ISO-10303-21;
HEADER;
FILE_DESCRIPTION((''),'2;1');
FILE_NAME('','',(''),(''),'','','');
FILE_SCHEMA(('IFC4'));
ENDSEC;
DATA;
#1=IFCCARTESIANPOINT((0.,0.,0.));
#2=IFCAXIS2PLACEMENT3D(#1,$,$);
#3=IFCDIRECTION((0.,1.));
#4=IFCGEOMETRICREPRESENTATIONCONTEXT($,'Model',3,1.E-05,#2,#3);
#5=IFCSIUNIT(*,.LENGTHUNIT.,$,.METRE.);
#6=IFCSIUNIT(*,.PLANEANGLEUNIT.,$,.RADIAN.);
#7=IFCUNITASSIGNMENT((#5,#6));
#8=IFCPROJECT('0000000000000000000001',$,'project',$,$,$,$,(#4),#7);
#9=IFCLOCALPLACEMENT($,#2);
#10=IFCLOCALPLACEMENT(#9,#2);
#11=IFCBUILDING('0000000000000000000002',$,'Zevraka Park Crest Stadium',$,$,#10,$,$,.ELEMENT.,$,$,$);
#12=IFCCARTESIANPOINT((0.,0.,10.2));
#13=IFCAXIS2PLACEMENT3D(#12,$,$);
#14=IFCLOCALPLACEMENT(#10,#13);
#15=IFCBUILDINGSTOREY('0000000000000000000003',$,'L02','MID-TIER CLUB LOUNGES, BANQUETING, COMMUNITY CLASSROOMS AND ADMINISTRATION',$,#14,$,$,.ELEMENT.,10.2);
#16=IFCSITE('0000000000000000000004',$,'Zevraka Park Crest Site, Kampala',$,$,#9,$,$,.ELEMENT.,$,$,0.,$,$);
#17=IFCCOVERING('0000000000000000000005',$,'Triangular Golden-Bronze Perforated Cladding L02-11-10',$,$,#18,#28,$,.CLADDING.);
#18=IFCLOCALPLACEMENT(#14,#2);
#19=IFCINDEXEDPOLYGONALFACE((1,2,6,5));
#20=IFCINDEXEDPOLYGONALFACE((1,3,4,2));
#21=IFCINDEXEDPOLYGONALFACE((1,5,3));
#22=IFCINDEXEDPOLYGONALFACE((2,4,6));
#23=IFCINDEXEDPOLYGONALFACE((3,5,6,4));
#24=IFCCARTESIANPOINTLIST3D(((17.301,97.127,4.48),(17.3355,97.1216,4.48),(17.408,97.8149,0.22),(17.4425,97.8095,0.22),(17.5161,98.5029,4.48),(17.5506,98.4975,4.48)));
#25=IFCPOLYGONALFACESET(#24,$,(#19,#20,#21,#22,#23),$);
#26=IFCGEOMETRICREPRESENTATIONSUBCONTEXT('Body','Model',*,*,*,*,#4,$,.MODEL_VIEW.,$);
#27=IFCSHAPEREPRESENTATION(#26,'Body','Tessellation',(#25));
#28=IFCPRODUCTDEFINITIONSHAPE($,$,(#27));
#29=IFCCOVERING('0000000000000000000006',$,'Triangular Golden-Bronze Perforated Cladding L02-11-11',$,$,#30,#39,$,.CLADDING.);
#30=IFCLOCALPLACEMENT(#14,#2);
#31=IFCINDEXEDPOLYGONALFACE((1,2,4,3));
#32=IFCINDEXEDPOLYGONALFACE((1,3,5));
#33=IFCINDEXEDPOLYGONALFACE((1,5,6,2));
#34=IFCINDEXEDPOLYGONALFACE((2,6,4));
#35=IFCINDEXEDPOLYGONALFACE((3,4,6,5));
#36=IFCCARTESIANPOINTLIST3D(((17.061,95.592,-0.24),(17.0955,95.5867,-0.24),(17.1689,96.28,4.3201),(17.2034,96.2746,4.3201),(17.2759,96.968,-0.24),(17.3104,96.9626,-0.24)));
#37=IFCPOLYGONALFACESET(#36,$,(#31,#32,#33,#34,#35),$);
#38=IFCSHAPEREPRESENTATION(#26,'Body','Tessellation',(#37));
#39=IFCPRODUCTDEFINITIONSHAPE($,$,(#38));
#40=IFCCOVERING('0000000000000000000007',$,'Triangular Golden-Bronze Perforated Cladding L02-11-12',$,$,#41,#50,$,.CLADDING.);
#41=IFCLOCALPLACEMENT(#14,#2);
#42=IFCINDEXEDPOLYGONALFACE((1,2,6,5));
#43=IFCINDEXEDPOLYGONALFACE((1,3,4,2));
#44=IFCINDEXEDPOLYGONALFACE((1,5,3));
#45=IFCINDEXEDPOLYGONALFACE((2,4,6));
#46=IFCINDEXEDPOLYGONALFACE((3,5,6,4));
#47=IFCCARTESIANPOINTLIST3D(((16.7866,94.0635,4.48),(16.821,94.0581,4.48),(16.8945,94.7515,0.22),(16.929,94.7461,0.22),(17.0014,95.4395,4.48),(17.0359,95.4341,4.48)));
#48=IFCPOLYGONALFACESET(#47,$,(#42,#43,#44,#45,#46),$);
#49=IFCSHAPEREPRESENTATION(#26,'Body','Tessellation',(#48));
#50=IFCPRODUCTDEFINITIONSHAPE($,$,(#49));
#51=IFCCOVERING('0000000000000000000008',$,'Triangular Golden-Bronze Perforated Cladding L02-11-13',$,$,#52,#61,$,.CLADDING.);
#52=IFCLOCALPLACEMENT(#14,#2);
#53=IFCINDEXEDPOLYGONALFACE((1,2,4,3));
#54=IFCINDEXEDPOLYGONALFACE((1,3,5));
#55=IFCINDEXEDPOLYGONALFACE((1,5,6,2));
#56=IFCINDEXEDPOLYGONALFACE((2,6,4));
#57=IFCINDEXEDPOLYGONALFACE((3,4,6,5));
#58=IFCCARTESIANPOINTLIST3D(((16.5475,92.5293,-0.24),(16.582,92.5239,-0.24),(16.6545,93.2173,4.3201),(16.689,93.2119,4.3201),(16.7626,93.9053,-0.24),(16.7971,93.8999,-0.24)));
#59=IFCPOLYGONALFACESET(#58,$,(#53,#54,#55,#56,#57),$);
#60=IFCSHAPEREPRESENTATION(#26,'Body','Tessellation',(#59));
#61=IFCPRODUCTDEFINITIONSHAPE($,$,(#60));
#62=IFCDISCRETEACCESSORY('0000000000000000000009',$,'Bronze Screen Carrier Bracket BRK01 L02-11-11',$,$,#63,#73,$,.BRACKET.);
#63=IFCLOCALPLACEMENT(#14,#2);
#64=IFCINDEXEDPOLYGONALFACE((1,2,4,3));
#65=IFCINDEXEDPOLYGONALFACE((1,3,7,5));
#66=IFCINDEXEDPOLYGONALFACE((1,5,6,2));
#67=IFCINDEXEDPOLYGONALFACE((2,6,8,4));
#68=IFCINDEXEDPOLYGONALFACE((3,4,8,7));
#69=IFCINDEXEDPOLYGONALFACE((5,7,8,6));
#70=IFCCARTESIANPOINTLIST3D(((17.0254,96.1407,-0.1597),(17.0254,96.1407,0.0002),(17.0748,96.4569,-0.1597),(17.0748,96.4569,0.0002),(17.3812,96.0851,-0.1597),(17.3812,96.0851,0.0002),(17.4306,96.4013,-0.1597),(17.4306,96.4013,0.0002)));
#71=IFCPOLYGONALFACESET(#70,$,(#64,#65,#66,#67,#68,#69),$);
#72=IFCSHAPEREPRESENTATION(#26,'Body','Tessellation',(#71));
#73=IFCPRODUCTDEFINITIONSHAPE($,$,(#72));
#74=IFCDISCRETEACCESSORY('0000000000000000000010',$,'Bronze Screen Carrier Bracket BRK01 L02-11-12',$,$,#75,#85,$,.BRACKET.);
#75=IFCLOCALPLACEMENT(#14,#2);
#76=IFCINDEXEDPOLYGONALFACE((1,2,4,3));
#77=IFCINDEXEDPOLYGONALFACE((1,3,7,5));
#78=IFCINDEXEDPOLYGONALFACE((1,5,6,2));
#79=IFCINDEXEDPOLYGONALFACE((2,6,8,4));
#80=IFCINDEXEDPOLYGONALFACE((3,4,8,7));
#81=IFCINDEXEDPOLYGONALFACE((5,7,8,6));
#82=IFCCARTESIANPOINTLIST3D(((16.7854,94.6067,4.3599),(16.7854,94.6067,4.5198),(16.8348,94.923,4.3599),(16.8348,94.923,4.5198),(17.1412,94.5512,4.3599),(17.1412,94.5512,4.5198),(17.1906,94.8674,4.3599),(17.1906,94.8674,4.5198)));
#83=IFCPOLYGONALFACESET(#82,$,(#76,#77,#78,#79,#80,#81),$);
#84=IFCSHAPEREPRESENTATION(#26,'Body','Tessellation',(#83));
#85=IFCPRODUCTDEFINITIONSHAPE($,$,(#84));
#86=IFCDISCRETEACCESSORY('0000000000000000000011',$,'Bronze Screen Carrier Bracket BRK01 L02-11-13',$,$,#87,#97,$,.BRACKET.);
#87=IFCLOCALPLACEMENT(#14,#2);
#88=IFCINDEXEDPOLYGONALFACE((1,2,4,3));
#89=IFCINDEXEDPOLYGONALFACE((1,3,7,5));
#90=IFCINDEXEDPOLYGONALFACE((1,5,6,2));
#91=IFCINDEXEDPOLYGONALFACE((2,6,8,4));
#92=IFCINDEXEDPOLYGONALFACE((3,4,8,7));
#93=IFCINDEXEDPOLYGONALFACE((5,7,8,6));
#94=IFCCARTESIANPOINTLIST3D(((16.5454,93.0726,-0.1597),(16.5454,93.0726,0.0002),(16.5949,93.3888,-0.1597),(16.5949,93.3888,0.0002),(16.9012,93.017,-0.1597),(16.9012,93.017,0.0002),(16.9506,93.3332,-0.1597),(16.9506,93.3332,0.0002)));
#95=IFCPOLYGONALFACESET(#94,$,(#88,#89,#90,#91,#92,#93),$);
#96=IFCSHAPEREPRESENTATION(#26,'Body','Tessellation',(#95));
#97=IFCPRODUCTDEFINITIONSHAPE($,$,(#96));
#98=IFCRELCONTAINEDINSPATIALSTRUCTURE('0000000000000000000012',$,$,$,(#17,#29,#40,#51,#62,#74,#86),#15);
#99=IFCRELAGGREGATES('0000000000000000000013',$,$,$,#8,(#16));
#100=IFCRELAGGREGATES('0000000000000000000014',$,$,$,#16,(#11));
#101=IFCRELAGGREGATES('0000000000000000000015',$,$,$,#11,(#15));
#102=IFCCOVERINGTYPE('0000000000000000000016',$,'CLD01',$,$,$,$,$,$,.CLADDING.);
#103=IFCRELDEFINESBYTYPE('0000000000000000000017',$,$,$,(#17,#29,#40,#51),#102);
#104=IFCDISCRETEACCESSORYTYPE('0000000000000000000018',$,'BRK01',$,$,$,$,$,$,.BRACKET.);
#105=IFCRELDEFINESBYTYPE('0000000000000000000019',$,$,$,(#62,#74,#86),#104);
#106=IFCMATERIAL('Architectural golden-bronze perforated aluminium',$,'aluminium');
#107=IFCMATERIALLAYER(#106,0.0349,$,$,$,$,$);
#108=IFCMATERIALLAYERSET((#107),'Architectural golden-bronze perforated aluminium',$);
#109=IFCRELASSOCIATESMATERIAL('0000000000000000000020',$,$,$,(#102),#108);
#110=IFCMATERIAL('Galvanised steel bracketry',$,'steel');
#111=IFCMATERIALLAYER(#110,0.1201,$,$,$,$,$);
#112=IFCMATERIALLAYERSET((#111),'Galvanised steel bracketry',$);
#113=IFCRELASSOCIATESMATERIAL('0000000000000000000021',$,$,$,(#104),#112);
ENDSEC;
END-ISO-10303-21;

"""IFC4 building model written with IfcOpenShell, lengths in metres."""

from ifc_helpers import new_model, si_unit, direction, frame, origin, origin_2d, place, context, subcontext, project, spatial, polyline, rectangle, outline, extrude, material, layer, layer_set, type_object, element, save


model = new_model("IFC4")

# Units and contexts
model_context = context("Model", 3, precision=1e-05, world=origin(), true_north=direction((0.0, 1.0)))
body_context = subcontext(model_context, "Body", "Model", "MODEL_VIEW")
ifc_project = project(units=[si_unit("LENGTHUNIT", "METRE"), si_unit("PLANEANGLEUNIT", "RADIAN")], contexts=[model_context])

# Site, building, storey
site_placement = place(None, origin())
site = spatial("IfcSite", under=ifc_project, at=site_placement, Name="Zevraka Park Crest Site, Kampala", CompositionType="ELEMENT", RefElevation=0.0)
building_placement = place(site_placement, origin())
building = spatial("IfcBuilding", under=site, at=building_placement, Name="Zevraka Park Crest Stadium", CompositionType="ELEMENT")
storey_placement = place(building_placement, frame((0.0, 0.0, 10.2)))
storey = spatial("IfcBuildingStorey", under=building, at=storey_placement, Name="L02", Description="MID-TIER CLUB LOUNGES, BANQUETING, COMMUNITY CLASSROOMS AND ADMINISTRATION", CompositionType="ELEMENT", Elevation=10.2)

# Coverings
ifc_material_1 = material(Name="Architectural golden-bronze perforated aluminium", Category="aluminium")
ifc_layer_1 = layer(ifc_material_1, 0.0349)
ifc_layer_set_1 = layer_set([ifc_layer_1], Name="Architectural golden-bronze perforated aluminium")
covering_type = type_object("IfcCoveringType", Name="CLD01", PredefinedType="CLADDING", material=ifc_layer_set_1)
covering_1_placement = place(storey_placement, frame((17.301, 97.127, 4.48), z_axis=(-0.988002, 0.154441, 0.000142), x_axis=(0.154441, 0.988002, 0.0)))
element("IfcCovering", 1, at=covering_1_placement, inside=storey, type_object=covering_type, Name="Triangular Golden-Bronze Perforated Cladding L02-11-10", PredefinedType="CLADDING", context=body_context, shape_type="SweptSolid", body=[
    extrude(outline(polyline([(0.0, 0.0), (1.3927, 0.0), (0.6962, 4.26), (0.0, 0.0)])), origin(), (0.0, 0.0, -1.0), 0.0349),
])
covering_2_placement = place(storey_placement, frame((17.2759, 96.968, -0.24), z_axis=(-0.988029, 0.15427, 0.000106), x_axis=(-0.15427, -0.988029, 0.0)))
element("IfcCovering", 2, at=covering_2_placement, inside=storey, type_object=covering_type, Name="Triangular Golden-Bronze Perforated Cladding L02-11-11", PredefinedType="CLADDING", context=body_context, shape_type="SweptSolid", body=[
    extrude(outline(polyline([(0.0, 0.0), (1.3926, 0.0), (0.6962, 4.5601), (0.0, 0.0)])), origin(), (0.0, 0.0, -1.0), 0.0349),
])
covering_3_placement = place(storey_placement, frame((16.821, 94.0581, 4.48), z_axis=(0.988029, -0.15427, 0.000113), x_axis=(0.15427, 0.988029, 0.0)))
element("IfcCovering", 3, at=covering_3_placement, inside=storey, type_object=covering_type, Name="Triangular Golden-Bronze Perforated Cladding L02-11-12", PredefinedType="CLADDING", context=body_context, shape_type="SweptSolid", body=[
    extrude(outline(polyline([(0.0, 0.0), (1.3926, 0.0), (0.6964, -4.26), (0.0, 0.0)])), origin(), (0.0, 0.0, -1.0), 0.0349),
])
covering_4_placement = place(storey_placement, frame((16.7971, 93.8999, -0.24), z_axis=(0.988002, -0.154441, 0.000132), x_axis=(-0.154441, -0.988002, 0.0)))
element("IfcCovering", 4, at=covering_4_placement, inside=storey, type_object=covering_type, Name="Triangular Golden-Bronze Perforated Cladding L02-11-13", PredefinedType="CLADDING", context=body_context, shape_type="SweptSolid", body=[
    extrude(outline(polyline([(0.0, 0.0), (1.3927, 0.0), (0.6964, -4.5601), (0.0, 0.0)])), origin(), (0.0, 0.0, -1.0), 0.0349),
])

# Discrete accessories
ifc_material_2 = material(Name="Galvanised steel bracketry", Category="steel")
ifc_layer_2 = layer(ifc_material_2, 0.1201)
ifc_layer_set_2 = layer_set([ifc_layer_2], Name="Galvanised steel bracketry")
discrete_accessory_type = type_object("IfcDiscreteAccessoryType", Name="BRK01", PredefinedType="BRACKET", material=ifc_layer_set_2)
for number, where, z_axis, x_axis, name in (
    (5, (17.228, 96.271, -0.1597), (0.0, 0.0, 1.0), (-0.154366, -0.988014, 0.0), "Bronze Screen Carrier Bracket BRK01 L02-11-11"),
    (6, (16.988, 94.7371, 4.3599), (0.0, 0.0, 1.0), (-0.154366, -0.988014, 0.0), "Bronze Screen Carrier Bracket BRK01 L02-11-12"),
    (7, (16.748, 93.2029, -0.1597), (0.0, 0.0, 1.0), (-0.154366, -0.988014, 0.0), "Bronze Screen Carrier Bracket BRK01 L02-11-13"),
):
    element("IfcDiscreteAccessory", number, at=place(storey_placement, frame(where, z_axis=z_axis, x_axis=x_axis)), inside=storey, type_object=discrete_accessory_type, Name=name, PredefinedType="BRACKET", context=body_context, shape_type="SweptSolid", body=[
        extrude(rectangle(XDim=0.3201, YDim=0.3601, at=origin_2d()), origin(), (0.0, 0.0, 1.0), 0.1599),
    ])

save(model, "model.ifc")
